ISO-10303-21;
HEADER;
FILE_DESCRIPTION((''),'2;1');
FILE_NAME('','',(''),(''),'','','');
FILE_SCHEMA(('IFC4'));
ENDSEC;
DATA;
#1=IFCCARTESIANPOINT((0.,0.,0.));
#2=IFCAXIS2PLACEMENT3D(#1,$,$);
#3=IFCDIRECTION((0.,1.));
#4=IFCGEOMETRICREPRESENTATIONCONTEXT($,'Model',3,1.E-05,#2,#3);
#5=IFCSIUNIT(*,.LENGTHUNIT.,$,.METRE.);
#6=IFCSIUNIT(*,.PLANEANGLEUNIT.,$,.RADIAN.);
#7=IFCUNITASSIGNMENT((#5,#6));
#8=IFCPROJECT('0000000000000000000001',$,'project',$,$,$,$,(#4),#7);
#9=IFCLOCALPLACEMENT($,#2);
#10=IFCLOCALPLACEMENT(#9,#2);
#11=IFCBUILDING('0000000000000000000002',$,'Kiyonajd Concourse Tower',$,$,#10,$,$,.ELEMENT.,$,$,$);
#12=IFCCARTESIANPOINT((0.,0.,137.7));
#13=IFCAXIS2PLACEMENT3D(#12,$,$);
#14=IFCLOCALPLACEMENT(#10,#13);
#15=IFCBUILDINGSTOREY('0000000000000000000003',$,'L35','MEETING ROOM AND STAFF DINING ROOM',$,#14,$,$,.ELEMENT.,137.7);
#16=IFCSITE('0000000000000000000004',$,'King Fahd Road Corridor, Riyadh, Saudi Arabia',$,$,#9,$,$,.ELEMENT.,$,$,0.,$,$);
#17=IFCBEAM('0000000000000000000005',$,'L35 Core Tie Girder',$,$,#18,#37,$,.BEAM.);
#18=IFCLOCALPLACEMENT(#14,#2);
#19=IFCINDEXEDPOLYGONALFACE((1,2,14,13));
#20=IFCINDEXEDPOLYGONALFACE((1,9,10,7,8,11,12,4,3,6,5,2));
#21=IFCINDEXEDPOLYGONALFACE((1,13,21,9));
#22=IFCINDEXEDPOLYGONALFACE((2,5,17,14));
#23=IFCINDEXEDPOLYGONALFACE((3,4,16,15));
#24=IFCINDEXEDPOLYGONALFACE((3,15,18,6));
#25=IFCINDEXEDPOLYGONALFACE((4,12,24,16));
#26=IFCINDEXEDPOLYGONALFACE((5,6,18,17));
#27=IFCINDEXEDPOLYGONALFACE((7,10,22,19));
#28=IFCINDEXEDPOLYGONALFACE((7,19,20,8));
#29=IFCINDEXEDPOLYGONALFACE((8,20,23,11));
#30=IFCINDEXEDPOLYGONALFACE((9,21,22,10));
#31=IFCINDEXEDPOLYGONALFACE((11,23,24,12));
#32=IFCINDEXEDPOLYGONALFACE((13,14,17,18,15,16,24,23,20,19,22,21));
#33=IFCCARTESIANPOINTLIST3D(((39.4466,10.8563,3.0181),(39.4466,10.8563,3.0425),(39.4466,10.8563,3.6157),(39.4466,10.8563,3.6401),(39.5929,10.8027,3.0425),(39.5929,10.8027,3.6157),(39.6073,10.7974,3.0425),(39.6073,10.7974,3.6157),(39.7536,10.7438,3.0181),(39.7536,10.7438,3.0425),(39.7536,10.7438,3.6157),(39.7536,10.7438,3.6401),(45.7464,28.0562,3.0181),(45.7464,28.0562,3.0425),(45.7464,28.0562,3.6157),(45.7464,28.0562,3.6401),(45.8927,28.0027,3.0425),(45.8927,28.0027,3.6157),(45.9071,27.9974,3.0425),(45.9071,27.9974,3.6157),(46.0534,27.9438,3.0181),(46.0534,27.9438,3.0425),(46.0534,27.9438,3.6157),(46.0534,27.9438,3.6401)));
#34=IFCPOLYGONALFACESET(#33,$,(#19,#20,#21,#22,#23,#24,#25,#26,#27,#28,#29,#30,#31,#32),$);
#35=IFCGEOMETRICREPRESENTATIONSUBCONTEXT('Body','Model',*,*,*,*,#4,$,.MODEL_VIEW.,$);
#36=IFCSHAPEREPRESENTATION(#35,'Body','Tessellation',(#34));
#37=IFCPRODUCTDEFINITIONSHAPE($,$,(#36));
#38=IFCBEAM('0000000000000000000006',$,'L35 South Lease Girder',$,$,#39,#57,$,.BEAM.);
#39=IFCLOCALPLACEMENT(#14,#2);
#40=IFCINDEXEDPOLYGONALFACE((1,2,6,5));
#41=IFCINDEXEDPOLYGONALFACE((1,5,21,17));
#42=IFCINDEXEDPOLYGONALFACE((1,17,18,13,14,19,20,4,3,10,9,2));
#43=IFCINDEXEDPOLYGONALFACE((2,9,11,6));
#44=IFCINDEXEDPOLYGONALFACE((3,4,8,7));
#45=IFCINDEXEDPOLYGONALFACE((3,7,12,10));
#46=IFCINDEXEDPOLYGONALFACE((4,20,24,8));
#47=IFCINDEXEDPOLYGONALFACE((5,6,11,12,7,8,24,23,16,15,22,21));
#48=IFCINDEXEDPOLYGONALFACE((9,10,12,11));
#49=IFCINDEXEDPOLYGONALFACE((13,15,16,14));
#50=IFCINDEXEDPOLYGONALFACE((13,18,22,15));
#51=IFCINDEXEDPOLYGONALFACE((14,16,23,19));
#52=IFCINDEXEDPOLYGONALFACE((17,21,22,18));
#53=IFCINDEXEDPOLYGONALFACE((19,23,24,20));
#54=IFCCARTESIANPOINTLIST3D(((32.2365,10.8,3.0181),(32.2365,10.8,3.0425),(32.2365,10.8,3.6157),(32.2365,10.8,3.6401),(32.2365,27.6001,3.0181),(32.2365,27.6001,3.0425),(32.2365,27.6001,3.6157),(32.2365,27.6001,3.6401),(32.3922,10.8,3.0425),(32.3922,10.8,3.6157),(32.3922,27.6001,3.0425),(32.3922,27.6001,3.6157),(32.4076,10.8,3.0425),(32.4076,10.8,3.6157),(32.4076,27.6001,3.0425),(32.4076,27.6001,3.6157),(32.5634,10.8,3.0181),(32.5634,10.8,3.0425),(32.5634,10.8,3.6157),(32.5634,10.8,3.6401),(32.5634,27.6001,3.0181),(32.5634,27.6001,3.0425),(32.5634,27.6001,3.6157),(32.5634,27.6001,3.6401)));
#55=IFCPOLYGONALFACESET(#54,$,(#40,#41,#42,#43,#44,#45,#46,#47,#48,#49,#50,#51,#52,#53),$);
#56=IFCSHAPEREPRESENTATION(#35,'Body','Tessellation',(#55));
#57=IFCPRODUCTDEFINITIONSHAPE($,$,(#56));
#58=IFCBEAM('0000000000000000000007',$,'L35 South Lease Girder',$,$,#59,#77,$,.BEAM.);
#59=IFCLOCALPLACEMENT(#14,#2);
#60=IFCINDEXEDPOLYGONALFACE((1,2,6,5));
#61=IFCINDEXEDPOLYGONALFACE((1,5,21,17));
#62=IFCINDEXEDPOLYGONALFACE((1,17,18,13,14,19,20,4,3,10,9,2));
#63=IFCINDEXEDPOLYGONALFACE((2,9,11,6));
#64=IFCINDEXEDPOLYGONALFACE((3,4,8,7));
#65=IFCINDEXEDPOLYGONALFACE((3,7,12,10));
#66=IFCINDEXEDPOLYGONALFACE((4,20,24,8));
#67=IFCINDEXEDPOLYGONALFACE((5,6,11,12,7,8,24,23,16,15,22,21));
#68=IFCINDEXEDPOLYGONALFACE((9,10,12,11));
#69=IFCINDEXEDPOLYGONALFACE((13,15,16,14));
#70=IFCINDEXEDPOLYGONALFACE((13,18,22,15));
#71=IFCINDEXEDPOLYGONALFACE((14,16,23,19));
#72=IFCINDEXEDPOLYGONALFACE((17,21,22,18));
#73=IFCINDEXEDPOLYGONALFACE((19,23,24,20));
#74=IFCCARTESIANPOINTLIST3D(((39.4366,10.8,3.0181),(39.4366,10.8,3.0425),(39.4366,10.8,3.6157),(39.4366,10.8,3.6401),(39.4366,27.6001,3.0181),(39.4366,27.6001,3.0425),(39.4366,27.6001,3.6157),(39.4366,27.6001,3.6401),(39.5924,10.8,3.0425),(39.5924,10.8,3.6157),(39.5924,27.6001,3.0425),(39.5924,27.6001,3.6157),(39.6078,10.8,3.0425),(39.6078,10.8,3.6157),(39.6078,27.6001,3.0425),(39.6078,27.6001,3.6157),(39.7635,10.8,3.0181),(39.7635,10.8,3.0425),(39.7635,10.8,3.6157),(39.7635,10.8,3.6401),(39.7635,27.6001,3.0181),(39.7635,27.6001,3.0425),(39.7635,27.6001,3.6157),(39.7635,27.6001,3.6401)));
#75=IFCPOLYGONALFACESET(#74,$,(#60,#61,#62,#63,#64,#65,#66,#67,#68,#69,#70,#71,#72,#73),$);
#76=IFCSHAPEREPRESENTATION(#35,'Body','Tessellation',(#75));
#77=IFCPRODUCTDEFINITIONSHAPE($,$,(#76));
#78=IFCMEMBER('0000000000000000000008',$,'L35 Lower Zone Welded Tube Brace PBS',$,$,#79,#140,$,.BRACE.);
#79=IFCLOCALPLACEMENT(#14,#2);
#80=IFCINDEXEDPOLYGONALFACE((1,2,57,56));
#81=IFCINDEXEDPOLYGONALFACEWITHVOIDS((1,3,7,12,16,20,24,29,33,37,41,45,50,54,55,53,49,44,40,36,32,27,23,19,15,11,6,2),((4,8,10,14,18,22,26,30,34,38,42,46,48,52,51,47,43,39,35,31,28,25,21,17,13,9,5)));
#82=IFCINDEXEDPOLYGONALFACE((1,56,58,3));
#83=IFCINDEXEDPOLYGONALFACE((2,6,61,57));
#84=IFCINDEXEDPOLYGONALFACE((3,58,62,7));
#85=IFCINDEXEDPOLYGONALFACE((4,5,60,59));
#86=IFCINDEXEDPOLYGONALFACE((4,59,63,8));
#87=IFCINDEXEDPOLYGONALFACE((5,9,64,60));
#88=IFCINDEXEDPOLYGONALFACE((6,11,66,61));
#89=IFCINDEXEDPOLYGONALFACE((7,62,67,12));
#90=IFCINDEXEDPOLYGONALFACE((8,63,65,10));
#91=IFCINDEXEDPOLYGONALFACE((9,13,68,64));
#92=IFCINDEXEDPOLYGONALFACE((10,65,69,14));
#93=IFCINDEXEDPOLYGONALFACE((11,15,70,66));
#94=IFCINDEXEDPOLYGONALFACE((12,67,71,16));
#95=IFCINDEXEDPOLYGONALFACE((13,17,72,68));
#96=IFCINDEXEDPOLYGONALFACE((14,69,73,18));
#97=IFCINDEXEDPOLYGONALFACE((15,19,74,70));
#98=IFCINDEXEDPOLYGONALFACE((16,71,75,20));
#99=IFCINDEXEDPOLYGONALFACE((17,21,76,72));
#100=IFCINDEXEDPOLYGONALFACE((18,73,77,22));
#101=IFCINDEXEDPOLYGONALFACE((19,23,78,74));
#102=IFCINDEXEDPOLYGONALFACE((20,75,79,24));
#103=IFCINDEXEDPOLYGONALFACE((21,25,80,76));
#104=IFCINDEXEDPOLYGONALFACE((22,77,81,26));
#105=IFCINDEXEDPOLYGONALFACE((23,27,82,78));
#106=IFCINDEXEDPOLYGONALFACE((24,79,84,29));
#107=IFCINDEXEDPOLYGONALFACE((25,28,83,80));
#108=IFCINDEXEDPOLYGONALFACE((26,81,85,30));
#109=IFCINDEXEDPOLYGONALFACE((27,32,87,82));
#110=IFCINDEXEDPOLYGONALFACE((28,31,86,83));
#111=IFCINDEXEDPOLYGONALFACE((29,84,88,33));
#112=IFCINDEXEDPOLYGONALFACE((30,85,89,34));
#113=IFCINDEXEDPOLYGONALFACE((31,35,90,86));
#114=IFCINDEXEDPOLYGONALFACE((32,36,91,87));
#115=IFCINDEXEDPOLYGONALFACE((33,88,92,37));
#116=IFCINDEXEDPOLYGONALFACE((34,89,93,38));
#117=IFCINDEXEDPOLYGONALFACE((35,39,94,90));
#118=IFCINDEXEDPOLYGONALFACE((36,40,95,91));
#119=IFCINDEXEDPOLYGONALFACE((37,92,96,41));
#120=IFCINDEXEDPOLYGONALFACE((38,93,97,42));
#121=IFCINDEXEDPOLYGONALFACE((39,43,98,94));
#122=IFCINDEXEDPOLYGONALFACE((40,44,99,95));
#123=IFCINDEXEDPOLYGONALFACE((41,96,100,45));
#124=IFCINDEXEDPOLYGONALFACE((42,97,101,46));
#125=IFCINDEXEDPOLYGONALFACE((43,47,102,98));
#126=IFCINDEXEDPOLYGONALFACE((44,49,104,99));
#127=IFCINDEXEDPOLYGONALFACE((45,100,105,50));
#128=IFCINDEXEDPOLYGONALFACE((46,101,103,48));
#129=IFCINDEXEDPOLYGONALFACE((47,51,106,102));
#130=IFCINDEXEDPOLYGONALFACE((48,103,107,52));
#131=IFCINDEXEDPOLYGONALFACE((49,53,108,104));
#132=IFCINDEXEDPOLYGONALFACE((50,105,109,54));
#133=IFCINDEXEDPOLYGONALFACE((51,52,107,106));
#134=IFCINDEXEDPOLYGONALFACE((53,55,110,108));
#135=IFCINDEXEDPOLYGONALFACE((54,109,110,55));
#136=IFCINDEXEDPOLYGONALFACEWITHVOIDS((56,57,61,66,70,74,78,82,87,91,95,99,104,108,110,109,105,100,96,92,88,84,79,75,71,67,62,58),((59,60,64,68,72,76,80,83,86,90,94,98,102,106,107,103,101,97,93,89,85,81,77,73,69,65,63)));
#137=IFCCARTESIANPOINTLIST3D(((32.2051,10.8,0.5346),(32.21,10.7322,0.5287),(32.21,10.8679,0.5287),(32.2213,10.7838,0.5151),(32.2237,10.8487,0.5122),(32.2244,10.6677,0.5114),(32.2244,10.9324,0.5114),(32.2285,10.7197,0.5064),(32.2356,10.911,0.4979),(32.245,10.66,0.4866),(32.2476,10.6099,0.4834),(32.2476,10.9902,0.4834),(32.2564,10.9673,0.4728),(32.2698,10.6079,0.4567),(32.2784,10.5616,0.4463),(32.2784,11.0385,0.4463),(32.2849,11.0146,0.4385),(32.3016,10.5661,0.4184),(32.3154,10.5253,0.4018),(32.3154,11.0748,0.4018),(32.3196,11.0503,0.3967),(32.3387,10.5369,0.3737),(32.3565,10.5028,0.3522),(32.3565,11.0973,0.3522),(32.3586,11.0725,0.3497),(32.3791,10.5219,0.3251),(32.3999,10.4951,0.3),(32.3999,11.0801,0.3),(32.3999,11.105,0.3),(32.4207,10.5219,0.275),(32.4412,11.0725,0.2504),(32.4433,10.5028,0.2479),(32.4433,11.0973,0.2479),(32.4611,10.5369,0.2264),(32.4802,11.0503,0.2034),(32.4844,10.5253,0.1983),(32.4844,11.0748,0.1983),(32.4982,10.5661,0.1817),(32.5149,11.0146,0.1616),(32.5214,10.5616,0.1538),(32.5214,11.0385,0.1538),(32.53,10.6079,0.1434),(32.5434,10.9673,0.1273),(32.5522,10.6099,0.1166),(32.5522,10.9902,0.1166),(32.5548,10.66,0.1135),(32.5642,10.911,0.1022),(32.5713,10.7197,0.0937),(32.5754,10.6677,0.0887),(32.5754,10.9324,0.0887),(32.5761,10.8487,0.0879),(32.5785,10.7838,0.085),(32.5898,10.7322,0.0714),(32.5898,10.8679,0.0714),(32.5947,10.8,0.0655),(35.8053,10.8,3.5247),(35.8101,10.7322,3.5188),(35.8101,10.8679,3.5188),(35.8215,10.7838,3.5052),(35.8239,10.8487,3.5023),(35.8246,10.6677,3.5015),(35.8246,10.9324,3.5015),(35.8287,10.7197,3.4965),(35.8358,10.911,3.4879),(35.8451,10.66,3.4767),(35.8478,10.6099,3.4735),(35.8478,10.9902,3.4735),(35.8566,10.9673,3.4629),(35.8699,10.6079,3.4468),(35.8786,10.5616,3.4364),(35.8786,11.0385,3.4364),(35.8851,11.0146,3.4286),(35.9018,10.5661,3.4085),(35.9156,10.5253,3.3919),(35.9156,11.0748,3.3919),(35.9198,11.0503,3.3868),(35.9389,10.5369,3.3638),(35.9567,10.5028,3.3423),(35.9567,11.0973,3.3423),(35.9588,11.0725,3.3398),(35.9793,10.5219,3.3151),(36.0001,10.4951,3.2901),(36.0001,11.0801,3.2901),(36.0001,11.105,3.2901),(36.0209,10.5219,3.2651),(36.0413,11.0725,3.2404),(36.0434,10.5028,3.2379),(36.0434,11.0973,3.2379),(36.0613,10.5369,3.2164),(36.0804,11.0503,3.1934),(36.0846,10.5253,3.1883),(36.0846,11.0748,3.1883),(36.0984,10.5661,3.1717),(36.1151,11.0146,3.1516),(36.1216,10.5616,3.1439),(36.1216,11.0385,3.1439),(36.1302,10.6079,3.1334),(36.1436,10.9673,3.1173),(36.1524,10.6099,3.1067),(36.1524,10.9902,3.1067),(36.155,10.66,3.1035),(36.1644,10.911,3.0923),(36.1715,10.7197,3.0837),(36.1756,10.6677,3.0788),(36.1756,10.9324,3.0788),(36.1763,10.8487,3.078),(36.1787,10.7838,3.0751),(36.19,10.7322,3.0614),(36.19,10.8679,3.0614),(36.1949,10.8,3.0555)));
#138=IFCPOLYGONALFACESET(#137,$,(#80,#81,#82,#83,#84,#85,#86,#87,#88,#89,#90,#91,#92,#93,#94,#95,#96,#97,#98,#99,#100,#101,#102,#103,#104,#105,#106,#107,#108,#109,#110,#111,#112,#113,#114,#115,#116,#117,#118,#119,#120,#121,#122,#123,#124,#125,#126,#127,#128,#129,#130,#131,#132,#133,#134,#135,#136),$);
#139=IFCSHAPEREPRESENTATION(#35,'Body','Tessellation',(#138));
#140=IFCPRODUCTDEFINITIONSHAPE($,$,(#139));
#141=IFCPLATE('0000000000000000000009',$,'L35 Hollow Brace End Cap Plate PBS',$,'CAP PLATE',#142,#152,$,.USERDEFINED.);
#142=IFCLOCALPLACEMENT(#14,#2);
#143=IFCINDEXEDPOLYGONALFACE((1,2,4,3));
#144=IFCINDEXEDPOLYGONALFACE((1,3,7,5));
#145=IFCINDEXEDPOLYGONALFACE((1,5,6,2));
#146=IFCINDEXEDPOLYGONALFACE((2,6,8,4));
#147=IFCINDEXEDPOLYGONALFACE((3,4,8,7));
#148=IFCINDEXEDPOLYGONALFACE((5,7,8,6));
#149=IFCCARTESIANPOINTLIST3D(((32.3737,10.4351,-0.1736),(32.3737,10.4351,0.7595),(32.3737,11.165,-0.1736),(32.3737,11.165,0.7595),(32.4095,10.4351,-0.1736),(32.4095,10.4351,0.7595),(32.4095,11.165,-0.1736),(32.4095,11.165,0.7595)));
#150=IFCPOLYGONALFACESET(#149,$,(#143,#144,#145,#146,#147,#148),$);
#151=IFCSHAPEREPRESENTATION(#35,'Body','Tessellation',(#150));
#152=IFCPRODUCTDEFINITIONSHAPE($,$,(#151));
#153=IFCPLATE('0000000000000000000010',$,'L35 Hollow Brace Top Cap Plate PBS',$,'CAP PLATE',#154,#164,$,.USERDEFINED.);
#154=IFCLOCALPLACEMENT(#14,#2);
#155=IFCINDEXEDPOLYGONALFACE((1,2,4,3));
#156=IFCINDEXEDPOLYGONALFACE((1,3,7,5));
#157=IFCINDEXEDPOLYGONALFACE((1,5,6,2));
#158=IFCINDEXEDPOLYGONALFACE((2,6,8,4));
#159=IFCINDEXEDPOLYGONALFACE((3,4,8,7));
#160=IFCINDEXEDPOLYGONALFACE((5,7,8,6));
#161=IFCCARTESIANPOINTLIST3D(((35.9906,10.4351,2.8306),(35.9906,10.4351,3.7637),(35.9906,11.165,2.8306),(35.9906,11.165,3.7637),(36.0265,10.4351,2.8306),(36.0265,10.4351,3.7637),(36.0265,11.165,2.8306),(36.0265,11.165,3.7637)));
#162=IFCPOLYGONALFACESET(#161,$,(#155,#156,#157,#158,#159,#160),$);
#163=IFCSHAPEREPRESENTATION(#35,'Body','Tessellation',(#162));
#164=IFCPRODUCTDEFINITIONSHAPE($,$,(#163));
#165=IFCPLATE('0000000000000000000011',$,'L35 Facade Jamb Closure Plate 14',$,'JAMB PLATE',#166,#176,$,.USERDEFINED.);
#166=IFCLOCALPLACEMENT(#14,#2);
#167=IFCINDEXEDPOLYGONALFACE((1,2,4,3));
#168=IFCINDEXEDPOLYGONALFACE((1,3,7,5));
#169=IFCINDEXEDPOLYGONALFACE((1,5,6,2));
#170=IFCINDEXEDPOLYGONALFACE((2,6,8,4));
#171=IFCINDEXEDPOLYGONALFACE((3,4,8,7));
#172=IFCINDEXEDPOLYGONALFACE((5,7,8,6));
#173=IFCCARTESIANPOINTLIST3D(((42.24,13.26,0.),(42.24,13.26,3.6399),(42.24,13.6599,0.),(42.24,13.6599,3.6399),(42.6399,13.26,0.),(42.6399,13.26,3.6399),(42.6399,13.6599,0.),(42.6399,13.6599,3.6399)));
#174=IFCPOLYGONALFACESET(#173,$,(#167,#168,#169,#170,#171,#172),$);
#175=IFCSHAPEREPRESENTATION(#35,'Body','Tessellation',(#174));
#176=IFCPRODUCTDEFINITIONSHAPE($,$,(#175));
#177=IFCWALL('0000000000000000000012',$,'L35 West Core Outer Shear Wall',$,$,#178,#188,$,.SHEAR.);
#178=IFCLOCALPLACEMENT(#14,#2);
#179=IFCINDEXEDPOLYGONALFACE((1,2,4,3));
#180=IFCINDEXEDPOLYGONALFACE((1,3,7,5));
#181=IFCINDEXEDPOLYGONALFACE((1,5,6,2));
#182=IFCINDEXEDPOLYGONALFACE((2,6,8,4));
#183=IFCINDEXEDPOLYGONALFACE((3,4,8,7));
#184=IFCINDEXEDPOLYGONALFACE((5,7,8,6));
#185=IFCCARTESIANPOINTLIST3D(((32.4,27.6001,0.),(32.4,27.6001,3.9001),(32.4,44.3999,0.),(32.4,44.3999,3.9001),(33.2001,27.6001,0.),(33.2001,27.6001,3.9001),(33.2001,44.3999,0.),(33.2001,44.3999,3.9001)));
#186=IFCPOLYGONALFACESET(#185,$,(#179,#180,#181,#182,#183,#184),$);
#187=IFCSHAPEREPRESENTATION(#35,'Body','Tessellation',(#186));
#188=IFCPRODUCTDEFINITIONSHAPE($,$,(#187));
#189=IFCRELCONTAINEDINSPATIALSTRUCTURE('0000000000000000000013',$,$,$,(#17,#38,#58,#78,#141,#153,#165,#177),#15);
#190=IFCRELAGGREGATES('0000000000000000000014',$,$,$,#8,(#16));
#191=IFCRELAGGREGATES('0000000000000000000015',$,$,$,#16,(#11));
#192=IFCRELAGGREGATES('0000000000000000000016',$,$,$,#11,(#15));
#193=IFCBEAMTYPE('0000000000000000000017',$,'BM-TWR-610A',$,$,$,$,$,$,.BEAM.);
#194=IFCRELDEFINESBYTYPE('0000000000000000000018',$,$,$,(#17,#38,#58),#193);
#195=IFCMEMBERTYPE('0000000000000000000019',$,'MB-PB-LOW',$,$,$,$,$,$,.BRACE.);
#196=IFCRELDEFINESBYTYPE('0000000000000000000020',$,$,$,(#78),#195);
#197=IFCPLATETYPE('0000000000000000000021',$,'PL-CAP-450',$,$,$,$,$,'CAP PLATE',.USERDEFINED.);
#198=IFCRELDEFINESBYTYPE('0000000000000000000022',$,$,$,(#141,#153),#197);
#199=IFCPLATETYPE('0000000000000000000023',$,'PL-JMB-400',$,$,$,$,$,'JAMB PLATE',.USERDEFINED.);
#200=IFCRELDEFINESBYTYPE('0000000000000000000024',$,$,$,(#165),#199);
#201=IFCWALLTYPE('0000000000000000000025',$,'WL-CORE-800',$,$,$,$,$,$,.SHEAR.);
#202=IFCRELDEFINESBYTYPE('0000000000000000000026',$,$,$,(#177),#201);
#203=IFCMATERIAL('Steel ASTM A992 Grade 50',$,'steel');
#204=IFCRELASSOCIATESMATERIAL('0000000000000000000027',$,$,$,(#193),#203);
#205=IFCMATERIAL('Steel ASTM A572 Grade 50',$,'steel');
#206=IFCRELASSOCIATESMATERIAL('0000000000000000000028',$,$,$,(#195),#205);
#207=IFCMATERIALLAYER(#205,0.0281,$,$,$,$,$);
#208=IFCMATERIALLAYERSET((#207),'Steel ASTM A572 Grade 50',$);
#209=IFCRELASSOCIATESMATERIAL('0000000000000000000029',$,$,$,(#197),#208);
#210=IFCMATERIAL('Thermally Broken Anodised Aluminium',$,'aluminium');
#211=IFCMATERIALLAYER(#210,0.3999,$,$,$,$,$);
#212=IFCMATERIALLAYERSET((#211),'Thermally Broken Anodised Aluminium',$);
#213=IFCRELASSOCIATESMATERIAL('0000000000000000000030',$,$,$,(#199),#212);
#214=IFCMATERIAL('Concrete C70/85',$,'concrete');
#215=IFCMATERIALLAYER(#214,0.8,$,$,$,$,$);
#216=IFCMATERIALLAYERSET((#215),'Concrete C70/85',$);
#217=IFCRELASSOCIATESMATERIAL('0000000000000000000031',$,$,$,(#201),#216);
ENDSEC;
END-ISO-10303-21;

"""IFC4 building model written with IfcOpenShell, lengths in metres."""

from ifc_helpers import new_model, si_unit, direction, frame, frame_2d, origin, origin_2d, place, context, subcontext, project, spatial, rectangle, hollow_circle, i_section, extrude, material, layer, layer_set, material_profile, profile_set, type_object, element, save


model = new_model("IFC4")

# Units and contexts
model_context = context("Model", 3, precision=1e-05, world=origin(), true_north=direction((0.0, 1.0)))
body_context = subcontext(model_context, "Body", "Model", "MODEL_VIEW")
ifc_project = project(units=[si_unit("LENGTHUNIT", "METRE"), si_unit("PLANEANGLEUNIT", "RADIAN")], contexts=[model_context])

# Site, building, storey
site_placement = place(None, origin())
site = spatial("IfcSite", under=ifc_project, at=site_placement, Name="King Fahd Road Corridor, Riyadh, Saudi Arabia", CompositionType="ELEMENT", RefElevation=0.0)
building_placement = place(site_placement, origin())
building = spatial("IfcBuilding", under=site, at=building_placement, Name="Kiyonajd Concourse Tower", CompositionType="ELEMENT")
storey_placement = place(building_placement, frame((0.0, 0.0, 137.7)))
storey = spatial("IfcBuildingStorey", under=building, at=storey_placement, Name="L35", Description="MEETING ROOM AND STAFF DINING ROOM", CompositionType="ELEMENT", Elevation=137.7)

# Shared definitions
ifc_material_1 = material(Name="Concrete C70/85", Category="concrete")

# Beams
ifc_material_2 = material(Name="Steel ASTM A992 Grade 50", Category="steel")
ifc_material_profile_1 = material_profile(ifc_material_2, i_section(OverallWidth=0.3269, OverallDepth=0.6221, WebThickness=0.0154, FlangeThickness=0.0244, at=origin_2d()), Name="W610X195")
ifc_profile_set_1 = profile_set([ifc_material_profile_1], Name="Steel ASTM A992 Grade 50")
beam_type_1 = type_object("IfcBeamType", Name="BM-TWR-610A", PredefinedType="BEAM", material=ifc_profile_set_1)
beam_1_placement = place(storey_placement, frame((39.6001, 10.8, 3.3291), z_axis=(0.343925, 0.938997, 0.0), x_axis=(-0.938997, 0.343925, 0.0)))
element("IfcBeam", 1, at=beam_1_placement, inside=storey, type_object=beam_type_1, Name="L35 Core Tie Girder", PredefinedType="BEAM", context=body_context, shape_type="SweptSolid", body=[
    extrude(i_section(OverallWidth=0.3269, OverallDepth=0.6221, WebThickness=0.0154, FlangeThickness=0.0244, at=origin_2d()), origin(), (0.0, 0.0, 1.0), 18.3174),
])
for number, where, z_axis, x_axis, name in (
    (2, (32.3999, 10.8, 3.3291), (0.0, 1.0, 0.0), (-1.0, 0.0, 0.0), "L35 South Lease Girder"),
    (3, (39.6001, 10.8, 3.3291), (0.0, 1.0, 0.0), (-1.0, 0.0, 0.0), "L35 South Lease Girder"),
):
    element("IfcBeam", number, at=place(storey_placement, frame(where, z_axis=z_axis, x_axis=x_axis)), inside=storey, type_object=beam_type_1, Name=name, PredefinedType="BEAM", context=body_context, shape_type="SweptSolid", body=[
        extrude(i_section(OverallWidth=0.3269, OverallDepth=0.6221, WebThickness=0.0154, FlangeThickness=0.0244, at=origin_2d()), origin(), (0.0, 0.0, 1.0), 16.8),
    ])

# Member
ifc_material_3 = material(Name="Steel ASTM A572 Grade 50", Category="steel")
ifc_material_profile_2 = material_profile(ifc_material_3, hollow_circle(Radius=0.3049, WallThickness=0.0249, at=origin_2d()), Name="CHS-610x25")
ifc_profile_set_2 = profile_set([ifc_material_profile_2], Name="Steel ASTM A572 Grade 50")
member_type = type_object("IfcMemberType", Name="MB-PB-LOW", PredefinedType="BRACE", material=ifc_profile_set_2)
member_placement = place(storey_placement, frame((32.3999, 10.8, 0.3), z_axis=(0.769281, 0.0, 0.638911), x_axis=(0.0, 1.0, 0.0)))
element("IfcMember", 4, at=member_placement, inside=storey, type_object=member_type, Name="L35 Lower Zone Welded Tube Brace PBS", PredefinedType="BRACE", context=body_context, shape_type="SweptSolid", body=[
    extrude(hollow_circle(Radius=0.3049, WallThickness=0.0249, at=origin_2d()), origin(), (0.0, 0.0, 1.0), 4.6799),
])

# Plates
ifc_layer_1 = layer(ifc_material_3, 0.0281)
ifc_layer_set_1 = layer_set([ifc_layer_1], Name="Steel ASTM A572 Grade 50")
plate_type_1 = type_object("IfcPlateType", Name="PL-CAP-450", ElementType="CAP PLATE", PredefinedType="USERDEFINED", material=ifc_layer_set_1)
for number, where, z_axis, x_axis, name in (
    (5, (32.3916, 10.8, -0.1736), (0.0, 0.0, 1.0), (-1.0, 0.0, 0.0), "L35 Hollow Brace End Cap Plate PBS"),
    (6, (36.0085, 10.8, 2.8306), (0.0, 0.0, 1.0), (1.0, 0.0, 0.0), "L35 Hollow Brace Top Cap Plate PBS"),
):
    element("IfcPlate", number, at=place(storey_placement, frame(where, z_axis=z_axis, x_axis=x_axis)), inside=storey, type_object=plate_type_1, Name=name, ObjectType="CAP PLATE", PredefinedType="USERDEFINED", context=body_context, shape_type="SweptSolid", body=[
        extrude(rectangle(XDim=0.0359, YDim=0.73, at=origin_2d()), origin(), (0.0, 0.0, 1.0), 0.9331),
    ])
ifc_material_4 = material(Name="Thermally Broken Anodised Aluminium", Category="aluminium")
ifc_layer_2 = layer(ifc_material_4, 0.3999)
ifc_layer_set_2 = layer_set([ifc_layer_2], Name="Thermally Broken Anodised Aluminium")
plate_type_2 = type_object("IfcPlateType", Name="PL-JMB-400", ElementType="JAMB PLATE", PredefinedType="USERDEFINED", material=ifc_layer_set_2)
plate_placement = place(storey_placement, frame((42.4399, 13.46, 0.0), z_axis=(0.0, 0.0, 1.0), x_axis=(1.0, 0.0, 0.0)))
element("IfcPlate", 7, at=plate_placement, inside=storey, type_object=plate_type_2, Name="L35 Facade Jamb Closure Plate 14", ObjectType="JAMB PLATE", PredefinedType="USERDEFINED", context=body_context, shape_type="SweptSolid", body=[
    extrude(rectangle(XDim=0.3999, YDim=0.3999, at=origin_2d()), origin(), (0.0, 0.0, 1.0), 3.6399),
])

# Wall
ifc_layer_3 = layer(ifc_material_1, 0.8)
ifc_layer_set_3 = layer_set([ifc_layer_3], Name="Concrete C70/85")
wall_type_1 = type_object("IfcWallType", Name="WL-CORE-800", PredefinedType="SHEAR", material=ifc_layer_set_3)
wall_1_placement = place(storey_placement, frame((32.8, 27.6001, 0.0), z_axis=(0.0, 0.0, 1.0), x_axis=(0.0, 1.0, 0.0)))
element("IfcWall", 8, at=wall_1_placement, inside=storey, type_object=wall_type_1, Name="L35 West Core Outer Shear Wall", PredefinedType="SHEAR", context=body_context, shape_type="SweptSolid", body=[
    extrude(rectangle(XDim=16.7998, YDim=0.8, at=frame_2d((8.3999, 0.0))), origin(), (0.0, 0.0, 1.0), 3.9001),
])

save(model, "model.ifc")
